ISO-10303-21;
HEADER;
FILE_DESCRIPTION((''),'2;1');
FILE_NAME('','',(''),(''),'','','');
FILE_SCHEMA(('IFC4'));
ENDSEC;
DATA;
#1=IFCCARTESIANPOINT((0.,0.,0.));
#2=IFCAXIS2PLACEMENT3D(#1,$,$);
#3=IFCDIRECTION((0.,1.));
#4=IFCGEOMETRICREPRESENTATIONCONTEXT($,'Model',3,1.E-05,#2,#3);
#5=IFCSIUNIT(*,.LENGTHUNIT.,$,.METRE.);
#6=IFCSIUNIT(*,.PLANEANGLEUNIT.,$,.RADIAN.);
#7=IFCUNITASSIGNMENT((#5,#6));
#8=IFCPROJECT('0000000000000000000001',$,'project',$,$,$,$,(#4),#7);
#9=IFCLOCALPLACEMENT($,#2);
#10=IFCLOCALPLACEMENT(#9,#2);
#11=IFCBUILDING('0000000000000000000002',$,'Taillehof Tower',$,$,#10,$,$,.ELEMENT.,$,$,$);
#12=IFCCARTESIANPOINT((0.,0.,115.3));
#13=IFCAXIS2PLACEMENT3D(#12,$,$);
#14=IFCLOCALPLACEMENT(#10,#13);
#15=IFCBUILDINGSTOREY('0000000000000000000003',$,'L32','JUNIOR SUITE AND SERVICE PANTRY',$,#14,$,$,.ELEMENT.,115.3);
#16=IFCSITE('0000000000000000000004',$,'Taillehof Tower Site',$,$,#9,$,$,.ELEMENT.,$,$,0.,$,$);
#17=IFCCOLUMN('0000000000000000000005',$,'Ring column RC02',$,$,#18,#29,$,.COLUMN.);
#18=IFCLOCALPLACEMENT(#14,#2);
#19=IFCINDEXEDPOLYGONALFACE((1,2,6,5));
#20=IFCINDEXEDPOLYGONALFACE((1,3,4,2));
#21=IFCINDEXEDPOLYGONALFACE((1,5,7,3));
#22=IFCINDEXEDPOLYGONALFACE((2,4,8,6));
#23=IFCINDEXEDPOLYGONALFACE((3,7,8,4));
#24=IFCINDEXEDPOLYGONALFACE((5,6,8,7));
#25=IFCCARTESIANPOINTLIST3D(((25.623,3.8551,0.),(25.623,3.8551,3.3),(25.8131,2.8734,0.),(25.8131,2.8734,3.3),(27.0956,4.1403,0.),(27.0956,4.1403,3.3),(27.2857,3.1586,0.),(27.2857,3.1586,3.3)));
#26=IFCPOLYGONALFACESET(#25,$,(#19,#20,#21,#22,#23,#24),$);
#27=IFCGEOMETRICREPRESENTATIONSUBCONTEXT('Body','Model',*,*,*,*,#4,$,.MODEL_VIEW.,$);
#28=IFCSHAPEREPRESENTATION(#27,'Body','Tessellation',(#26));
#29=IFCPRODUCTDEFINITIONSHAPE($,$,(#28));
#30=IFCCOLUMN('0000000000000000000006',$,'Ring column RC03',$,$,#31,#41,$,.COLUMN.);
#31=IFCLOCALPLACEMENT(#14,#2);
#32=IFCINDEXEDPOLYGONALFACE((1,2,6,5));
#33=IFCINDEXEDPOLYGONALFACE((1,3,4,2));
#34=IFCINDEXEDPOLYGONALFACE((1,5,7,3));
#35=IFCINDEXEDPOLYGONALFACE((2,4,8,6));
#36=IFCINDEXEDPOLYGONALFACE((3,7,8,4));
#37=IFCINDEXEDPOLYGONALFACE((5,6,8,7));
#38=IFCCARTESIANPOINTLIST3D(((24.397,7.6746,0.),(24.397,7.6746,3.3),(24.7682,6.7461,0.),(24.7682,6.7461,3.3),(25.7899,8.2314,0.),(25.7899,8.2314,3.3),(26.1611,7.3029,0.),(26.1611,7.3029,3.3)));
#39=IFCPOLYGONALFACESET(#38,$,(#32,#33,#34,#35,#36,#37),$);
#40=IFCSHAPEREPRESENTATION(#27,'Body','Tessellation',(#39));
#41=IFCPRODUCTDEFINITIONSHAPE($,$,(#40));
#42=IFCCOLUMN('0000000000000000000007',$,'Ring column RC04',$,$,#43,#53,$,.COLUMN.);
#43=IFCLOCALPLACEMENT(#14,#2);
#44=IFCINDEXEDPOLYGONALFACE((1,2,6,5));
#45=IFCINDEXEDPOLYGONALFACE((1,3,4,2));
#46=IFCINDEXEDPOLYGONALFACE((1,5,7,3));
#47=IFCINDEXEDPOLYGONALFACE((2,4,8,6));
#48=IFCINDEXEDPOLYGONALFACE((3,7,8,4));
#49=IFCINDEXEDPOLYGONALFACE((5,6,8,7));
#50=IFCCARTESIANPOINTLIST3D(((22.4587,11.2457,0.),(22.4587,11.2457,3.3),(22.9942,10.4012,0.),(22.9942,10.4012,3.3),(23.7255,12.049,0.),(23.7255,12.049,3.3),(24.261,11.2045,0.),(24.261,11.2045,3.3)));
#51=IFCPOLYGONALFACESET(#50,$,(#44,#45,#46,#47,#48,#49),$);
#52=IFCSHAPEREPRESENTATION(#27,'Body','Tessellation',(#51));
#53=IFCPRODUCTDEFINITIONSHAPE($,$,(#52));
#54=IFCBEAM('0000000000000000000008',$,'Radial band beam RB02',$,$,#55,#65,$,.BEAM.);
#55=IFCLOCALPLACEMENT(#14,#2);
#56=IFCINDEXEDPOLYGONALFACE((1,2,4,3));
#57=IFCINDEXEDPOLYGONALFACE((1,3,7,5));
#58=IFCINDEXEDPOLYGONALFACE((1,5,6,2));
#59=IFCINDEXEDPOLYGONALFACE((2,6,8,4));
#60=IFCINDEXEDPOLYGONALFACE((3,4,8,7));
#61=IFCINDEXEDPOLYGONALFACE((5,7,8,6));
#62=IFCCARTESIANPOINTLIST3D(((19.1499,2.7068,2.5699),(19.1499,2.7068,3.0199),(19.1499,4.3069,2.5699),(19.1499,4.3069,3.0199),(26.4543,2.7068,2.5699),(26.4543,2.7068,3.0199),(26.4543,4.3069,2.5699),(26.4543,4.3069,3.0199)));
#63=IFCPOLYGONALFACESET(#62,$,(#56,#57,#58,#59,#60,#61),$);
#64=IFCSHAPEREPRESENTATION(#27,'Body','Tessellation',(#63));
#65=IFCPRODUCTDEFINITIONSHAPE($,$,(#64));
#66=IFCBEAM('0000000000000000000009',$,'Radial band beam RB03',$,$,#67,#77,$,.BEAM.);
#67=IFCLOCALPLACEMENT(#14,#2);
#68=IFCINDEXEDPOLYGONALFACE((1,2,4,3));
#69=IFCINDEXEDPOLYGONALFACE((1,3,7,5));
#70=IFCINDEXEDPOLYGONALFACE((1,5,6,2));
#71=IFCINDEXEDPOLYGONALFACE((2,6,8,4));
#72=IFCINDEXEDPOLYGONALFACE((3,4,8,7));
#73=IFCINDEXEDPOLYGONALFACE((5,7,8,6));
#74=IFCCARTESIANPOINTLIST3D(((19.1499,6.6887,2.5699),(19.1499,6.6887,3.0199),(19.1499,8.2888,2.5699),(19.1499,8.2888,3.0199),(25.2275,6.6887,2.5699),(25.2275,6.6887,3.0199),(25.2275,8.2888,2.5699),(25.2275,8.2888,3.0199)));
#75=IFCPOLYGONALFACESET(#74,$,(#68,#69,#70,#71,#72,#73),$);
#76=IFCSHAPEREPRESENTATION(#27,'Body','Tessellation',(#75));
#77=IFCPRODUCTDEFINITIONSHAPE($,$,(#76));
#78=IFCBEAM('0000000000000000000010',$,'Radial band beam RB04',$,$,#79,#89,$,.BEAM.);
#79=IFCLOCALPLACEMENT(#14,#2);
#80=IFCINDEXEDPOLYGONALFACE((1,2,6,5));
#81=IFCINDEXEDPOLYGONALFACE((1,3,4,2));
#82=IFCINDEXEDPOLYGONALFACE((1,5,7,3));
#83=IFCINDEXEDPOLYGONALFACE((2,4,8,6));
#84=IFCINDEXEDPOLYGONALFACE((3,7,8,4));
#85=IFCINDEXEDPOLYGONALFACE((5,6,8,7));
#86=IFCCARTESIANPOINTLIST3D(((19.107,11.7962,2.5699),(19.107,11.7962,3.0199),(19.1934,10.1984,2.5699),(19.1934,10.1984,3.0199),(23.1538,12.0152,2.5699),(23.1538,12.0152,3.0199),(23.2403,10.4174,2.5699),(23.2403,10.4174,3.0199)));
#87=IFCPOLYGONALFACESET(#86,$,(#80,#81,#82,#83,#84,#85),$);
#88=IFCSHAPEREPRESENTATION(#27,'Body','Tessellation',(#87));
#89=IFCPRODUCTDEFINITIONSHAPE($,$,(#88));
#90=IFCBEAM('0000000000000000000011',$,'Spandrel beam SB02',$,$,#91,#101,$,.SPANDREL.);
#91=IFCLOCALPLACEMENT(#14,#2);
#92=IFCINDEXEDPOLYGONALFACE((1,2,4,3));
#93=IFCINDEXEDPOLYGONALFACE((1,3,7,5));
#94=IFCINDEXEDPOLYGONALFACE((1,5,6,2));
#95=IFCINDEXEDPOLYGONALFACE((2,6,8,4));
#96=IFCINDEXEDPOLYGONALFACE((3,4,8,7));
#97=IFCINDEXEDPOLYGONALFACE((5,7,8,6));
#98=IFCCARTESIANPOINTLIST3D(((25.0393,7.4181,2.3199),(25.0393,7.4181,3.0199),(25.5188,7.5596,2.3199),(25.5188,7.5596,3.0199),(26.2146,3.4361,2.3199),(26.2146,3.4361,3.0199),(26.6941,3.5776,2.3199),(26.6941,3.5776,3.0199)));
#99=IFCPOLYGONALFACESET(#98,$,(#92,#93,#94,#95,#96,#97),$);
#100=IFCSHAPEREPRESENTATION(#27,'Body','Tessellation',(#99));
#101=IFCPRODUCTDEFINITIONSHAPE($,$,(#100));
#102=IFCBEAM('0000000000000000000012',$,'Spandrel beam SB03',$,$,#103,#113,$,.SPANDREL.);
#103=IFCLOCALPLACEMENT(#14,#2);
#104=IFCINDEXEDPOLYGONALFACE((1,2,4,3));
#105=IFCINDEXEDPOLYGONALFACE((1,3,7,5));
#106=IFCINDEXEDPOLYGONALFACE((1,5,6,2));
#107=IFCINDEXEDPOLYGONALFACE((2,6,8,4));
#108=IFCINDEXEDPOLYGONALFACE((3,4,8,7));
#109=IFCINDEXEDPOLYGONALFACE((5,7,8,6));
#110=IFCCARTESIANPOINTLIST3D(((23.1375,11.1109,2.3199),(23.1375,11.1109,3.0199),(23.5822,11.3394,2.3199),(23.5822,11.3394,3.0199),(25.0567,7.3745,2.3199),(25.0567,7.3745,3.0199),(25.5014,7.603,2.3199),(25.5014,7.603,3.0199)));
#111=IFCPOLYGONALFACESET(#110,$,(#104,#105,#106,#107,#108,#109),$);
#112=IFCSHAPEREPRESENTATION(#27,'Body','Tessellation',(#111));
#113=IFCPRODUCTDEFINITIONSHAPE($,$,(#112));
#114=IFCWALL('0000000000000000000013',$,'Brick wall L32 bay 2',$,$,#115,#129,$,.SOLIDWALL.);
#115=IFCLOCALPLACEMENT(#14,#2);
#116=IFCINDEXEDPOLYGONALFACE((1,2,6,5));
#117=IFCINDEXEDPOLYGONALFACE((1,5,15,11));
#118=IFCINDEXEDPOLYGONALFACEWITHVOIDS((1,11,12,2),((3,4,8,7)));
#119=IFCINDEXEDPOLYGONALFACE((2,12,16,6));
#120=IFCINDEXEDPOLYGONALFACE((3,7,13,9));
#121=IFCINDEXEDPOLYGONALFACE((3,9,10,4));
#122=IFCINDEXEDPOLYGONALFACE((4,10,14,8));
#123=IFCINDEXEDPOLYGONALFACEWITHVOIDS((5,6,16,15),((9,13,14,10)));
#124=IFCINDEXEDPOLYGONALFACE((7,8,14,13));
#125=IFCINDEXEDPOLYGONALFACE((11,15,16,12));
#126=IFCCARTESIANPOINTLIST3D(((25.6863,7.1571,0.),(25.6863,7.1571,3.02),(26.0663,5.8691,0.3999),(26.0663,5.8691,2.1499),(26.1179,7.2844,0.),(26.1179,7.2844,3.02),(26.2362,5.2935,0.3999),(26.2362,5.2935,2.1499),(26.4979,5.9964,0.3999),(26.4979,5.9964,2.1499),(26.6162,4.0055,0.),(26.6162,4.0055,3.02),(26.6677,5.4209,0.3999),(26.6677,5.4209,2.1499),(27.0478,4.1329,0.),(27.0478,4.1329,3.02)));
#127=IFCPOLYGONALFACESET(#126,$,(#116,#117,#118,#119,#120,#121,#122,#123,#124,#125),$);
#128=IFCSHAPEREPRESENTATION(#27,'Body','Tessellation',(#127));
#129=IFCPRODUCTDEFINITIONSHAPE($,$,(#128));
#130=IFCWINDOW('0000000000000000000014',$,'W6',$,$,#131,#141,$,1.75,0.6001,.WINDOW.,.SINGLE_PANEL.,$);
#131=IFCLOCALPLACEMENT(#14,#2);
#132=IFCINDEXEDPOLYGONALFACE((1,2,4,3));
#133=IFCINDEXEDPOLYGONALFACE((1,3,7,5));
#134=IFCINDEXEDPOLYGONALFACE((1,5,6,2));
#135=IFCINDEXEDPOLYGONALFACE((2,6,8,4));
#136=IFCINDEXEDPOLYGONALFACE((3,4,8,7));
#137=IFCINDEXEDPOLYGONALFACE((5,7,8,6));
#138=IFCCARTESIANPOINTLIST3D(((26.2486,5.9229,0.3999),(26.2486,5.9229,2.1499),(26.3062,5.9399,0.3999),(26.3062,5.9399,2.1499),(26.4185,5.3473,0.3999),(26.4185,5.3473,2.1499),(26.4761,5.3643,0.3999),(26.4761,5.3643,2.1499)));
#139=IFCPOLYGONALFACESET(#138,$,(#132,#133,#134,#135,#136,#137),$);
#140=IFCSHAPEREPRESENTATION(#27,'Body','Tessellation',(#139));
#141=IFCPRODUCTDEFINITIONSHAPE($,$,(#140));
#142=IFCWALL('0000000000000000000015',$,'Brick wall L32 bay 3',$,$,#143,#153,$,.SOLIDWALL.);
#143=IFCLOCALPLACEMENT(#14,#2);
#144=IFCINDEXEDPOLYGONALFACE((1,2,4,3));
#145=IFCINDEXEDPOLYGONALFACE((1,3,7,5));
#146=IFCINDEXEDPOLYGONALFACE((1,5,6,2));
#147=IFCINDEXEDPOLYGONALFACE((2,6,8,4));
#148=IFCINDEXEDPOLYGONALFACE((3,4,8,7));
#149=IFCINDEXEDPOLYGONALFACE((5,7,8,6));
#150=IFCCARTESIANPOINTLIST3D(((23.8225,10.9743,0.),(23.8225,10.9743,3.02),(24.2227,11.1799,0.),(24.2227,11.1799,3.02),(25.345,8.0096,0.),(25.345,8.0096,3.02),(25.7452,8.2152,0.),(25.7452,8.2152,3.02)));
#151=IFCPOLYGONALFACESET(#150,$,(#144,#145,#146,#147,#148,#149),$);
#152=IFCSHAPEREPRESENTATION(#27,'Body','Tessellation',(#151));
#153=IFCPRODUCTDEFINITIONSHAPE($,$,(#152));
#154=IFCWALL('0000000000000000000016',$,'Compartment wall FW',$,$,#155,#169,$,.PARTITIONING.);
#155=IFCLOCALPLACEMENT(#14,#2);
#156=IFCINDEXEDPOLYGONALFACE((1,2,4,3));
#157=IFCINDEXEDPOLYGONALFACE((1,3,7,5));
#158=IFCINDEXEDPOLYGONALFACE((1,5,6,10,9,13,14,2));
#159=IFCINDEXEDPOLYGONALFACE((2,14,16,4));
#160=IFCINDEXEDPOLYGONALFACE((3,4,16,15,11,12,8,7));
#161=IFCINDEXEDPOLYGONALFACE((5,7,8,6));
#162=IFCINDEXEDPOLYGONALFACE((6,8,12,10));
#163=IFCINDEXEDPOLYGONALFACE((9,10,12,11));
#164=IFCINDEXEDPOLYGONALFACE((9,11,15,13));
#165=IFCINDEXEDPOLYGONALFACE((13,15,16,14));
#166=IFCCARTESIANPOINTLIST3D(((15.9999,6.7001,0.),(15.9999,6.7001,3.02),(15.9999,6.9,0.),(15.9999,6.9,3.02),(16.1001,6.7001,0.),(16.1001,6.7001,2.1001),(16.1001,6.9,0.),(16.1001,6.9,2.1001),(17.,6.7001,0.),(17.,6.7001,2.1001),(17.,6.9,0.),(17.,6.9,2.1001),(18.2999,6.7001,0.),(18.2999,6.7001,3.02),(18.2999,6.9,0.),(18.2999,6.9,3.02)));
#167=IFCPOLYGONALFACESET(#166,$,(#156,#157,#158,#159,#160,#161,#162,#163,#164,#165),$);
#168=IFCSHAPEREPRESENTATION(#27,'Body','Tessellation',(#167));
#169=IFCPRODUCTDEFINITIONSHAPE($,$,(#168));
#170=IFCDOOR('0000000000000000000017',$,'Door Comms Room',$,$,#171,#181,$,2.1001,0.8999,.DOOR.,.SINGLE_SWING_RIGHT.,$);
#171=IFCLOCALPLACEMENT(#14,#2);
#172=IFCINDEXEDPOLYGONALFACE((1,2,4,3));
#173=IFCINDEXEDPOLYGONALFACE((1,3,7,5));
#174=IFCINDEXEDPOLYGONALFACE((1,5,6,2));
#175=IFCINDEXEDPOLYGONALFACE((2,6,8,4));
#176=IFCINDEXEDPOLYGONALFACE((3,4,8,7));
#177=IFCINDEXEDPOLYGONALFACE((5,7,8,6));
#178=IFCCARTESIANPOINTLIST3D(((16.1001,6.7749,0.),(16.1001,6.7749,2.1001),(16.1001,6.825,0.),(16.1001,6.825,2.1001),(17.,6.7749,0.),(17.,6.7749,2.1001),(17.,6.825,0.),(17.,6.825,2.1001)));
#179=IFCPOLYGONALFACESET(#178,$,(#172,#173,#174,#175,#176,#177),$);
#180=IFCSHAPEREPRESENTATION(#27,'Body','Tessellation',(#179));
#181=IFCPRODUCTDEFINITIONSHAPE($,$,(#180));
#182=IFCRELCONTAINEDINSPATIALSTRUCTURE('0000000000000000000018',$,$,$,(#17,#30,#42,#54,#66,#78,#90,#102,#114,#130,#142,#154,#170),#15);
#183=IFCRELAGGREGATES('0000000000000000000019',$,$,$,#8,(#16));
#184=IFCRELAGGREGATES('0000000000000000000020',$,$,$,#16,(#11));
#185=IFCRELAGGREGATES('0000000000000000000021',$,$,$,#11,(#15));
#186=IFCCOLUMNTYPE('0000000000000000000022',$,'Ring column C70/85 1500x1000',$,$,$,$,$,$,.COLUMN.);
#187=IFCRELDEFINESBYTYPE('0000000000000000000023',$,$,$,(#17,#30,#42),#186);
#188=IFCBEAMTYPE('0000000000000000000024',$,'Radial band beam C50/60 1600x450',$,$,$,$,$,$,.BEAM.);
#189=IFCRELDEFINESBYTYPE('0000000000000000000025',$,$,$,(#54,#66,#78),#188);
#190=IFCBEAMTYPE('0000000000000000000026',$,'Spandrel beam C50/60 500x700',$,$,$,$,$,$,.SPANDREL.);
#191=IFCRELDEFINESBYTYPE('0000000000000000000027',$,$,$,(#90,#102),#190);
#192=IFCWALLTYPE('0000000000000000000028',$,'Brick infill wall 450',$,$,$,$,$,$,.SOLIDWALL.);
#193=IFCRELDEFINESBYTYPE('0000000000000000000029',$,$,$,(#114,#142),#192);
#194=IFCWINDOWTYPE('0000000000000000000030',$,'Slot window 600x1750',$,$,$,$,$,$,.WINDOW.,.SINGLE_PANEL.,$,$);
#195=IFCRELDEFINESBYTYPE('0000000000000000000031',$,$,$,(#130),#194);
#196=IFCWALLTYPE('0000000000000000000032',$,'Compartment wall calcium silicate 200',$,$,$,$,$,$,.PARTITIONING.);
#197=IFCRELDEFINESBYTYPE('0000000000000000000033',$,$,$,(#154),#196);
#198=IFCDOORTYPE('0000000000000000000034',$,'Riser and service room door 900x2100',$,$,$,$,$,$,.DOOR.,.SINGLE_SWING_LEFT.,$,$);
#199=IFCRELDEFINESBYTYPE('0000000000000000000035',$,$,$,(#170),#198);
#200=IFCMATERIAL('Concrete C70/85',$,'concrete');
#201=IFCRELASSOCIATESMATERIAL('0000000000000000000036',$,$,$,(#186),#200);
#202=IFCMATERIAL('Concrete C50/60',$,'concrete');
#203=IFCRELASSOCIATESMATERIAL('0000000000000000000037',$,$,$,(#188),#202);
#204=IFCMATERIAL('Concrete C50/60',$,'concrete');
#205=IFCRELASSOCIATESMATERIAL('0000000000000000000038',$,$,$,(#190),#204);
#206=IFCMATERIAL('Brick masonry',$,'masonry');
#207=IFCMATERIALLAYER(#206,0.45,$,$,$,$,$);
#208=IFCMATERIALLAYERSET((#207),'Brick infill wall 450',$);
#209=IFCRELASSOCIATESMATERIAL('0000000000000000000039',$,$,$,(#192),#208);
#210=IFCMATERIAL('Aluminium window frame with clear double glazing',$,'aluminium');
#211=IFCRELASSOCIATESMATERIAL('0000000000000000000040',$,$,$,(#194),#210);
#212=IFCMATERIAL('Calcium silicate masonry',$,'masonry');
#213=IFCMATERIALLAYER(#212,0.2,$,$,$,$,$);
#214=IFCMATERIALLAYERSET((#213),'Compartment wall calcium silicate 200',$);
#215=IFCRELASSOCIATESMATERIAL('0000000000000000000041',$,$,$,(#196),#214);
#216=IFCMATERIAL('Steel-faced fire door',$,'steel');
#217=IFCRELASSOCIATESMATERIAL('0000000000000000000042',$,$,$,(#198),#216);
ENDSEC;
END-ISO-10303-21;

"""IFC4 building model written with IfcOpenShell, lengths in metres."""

from ifc_helpers import new_model, si_unit, direction, frame, frame_2d, origin, origin_2d, place, context, subcontext, project, spatial, rectangle, extrude, material, layer, layer_set, material_profile, profile_set, type_object, element, fill, save


model = new_model("IFC4")

# Units and contexts
model_context = context("Model", 3, precision=1e-05, world=origin(), true_north=direction((0.0, 1.0)))
body_context = subcontext(model_context, "Body", "Model", "MODEL_VIEW")
ifc_project = project(units=[si_unit("LENGTHUNIT", "METRE"), si_unit("PLANEANGLEUNIT", "RADIAN")], contexts=[model_context])

# Site, building, storey
site_placement = place(None, origin())
site = spatial("IfcSite", under=ifc_project, at=site_placement, Name="Taillehof Tower Site", CompositionType="ELEMENT", RefElevation=0.0)
building_placement = place(site_placement, origin())
building = spatial("IfcBuilding", under=site, at=building_placement, Name="Taillehof Tower", CompositionType="ELEMENT")
storey_placement = place(building_placement, frame((0.0, 0.0, 115.3)))
storey = spatial("IfcBuildingStorey", under=building, at=storey_placement, Name="L32", Description="JUNIOR SUITE AND SERVICE PANTRY", CompositionType="ELEMENT", Elevation=115.3)

# Columns
ifc_material_1 = material(Name="Concrete C70/85", Category="concrete")
ifc_material_profile_1 = material_profile(ifc_material_1, rectangle(XDim=1.5, YDim=1.0, at=origin_2d()), Name="RC 1500x1000")
ifc_profile_set_1 = profile_set([ifc_material_profile_1], Name="Concrete C70/85")
column_type = type_object("IfcColumnType", Name="Ring column C70/85 1500x1000", PredefinedType="COLUMN", material=ifc_profile_set_1)
for number, where, z_axis, x_axis, name in (
    (1, (26.4543, 3.5068, 0.0), (0.0, 0.0, 1.0), (0.981757, 0.190138, 0.0), "Ring column RC02"),
    (2, (25.2791, 7.4888, 0.0), (0.0, 0.0, 1.0), (0.92855, 0.371207, 0.0), "Ring column RC03"),
    (3, (23.3599, 11.2251, 0.0), (0.0, 0.0, 1.0), (0.844511, 0.535537, 0.0), "Ring column RC04"),
):
    element("IfcColumn", number, at=place(storey_placement, frame(where, z_axis=z_axis, x_axis=x_axis)), inside=storey, type_object=column_type, Name=name, PredefinedType="COLUMN", context=body_context, shape_type="SweptSolid", body=[
        extrude(rectangle(XDim=1.5, YDim=1.0, at=origin_2d()), origin(), (0.0, 0.0, 1.0), 3.3),
    ])

# Beams
ifc_material_2 = material(Name="Concrete C50/60", Category="concrete")
ifc_material_profile_2 = material_profile(ifc_material_2, rectangle(XDim=1.6001, YDim=0.45, at=origin_2d()), Name="RC 1600x450")
ifc_profile_set_2 = profile_set([ifc_material_profile_2], Name="Concrete C50/60")
beam_type_1 = type_object("IfcBeamType", Name="Radial band beam C50/60 1600x450", PredefinedType="BEAM", material=ifc_profile_set_2)
beam_1_placement = place(storey_placement, frame((26.4543, 3.5068, 2.7949), z_axis=(-1.0, 0.0, 0.0), x_axis=(0.0, -1.0, 0.0)))
element("IfcBeam", 4, at=beam_1_placement, inside=storey, type_object=beam_type_1, Name="Radial band beam RB02", PredefinedType="BEAM", context=body_context, shape_type="SweptSolid", body=[
    extrude(rectangle(XDim=1.6001, YDim=0.45, at=origin_2d()), origin(), (0.0, 0.0, 1.0), 7.3044),
])
beam_2_placement = place(storey_placement, frame((25.2275, 7.4888, 2.7949), z_axis=(-1.0, 0.0, 0.0), x_axis=(0.0, -1.0, 0.0)))
element("IfcBeam", 5, at=beam_2_placement, inside=storey, type_object=beam_type_1, Name="Radial band beam RB03", PredefinedType="BEAM", context=body_context, shape_type="SweptSolid", body=[
    extrude(rectangle(XDim=1.6001, YDim=0.45, at=origin_2d()), origin(), (0.0, 0.0, 1.0), 6.0776),
])
beam_3_placement = place(storey_placement, frame((23.197, 11.2163, 2.7949), z_axis=(-0.998539, -0.054035, 0.0), x_axis=(0.054035, -0.998539, 0.0)))
element("IfcBeam", 6, at=beam_3_placement, inside=storey, type_object=beam_type_1, Name="Radial band beam RB04", PredefinedType="BEAM", context=body_context, shape_type="SweptSolid", body=[
    extrude(rectangle(XDim=1.6001, YDim=0.45, at=origin_2d()), origin(), (0.0, 0.0, 1.0), 4.0527),
])
ifc_material_3 = material(Name="Concrete C50/60", Category="concrete")
ifc_material_profile_3 = material_profile(ifc_material_3, rectangle(XDim=0.5, YDim=0.7, at=origin_2d()), Name="RC 500x700")
ifc_profile_set_3 = profile_set([ifc_material_profile_3], Name="Concrete C50/60")
beam_type_2 = type_object("IfcBeamType", Name="Spandrel beam C50/60 500x700", PredefinedType="SPANDREL", material=ifc_profile_set_3)
beam_4_placement = place(storey_placement, frame((26.4543, 3.5068, 2.6699), z_axis=(-0.283083, 0.959095, 0.0), x_axis=(-0.959095, -0.283083, 0.0)))
element("IfcBeam", 7, at=beam_4_placement, inside=storey, type_object=beam_type_2, Name="Spandrel beam SB02", PredefinedType="SPANDREL", context=body_context, shape_type="SweptSolid", body=[
    extrude(rectangle(XDim=0.5, YDim=0.7, at=origin_2d()), origin(), (0.0, 0.0, 1.0), 4.1519),
])
beam_5_placement = place(storey_placement, frame((25.2791, 7.4888, 2.6699), z_axis=(-0.456905, 0.889515, 0.0), x_axis=(-0.889515, -0.456905, 0.0)))
element("IfcBeam", 8, at=beam_5_placement, inside=storey, type_object=beam_type_2, Name="Spandrel beam SB03", PredefinedType="SPANDREL", context=body_context, shape_type="SweptSolid", body=[
    extrude(rectangle(XDim=0.5, YDim=0.7, at=origin_2d()), origin(), (0.0, 0.0, 1.0), 4.2004),
])

# Wall, opening, window
ifc_material_4 = material(Name="Brick masonry", Category="masonry")
ifc_layer_1 = layer(ifc_material_4, 0.45)
ifc_layer_set_1 = layer_set([ifc_layer_1], Name="Brick infill wall 450")
wall_type_1 = type_object("IfcWallType", Name="Brick infill wall 450", PredefinedType="SOLIDWALL", material=ifc_layer_set_1)
wall_1_placement = place(storey_placement, frame((26.832, 4.0691, 0.0), z_axis=(0.0, 0.0, 1.0), x_axis=(-0.283003, 0.959119, 0.0)))
wall_1 = element("IfcWall", 9, at=wall_1_placement, inside=storey, type_object=wall_type_1, Name="Brick wall L32 bay 2", PredefinedType="SOLIDWALL", context=body_context, shape_type="SweptSolid", body=[
    extrude(rectangle(XDim=3.2859, YDim=0.45, at=frame_2d((1.6431, 0.0))), origin(), (0.0, 0.0, 1.0), 3.02),
])
opening_1_placement = place(wall_1_placement, frame((1.343, 0.0, 0.3999)))
opening_1 = element("IfcOpeningElement", 10, at=opening_1_placement, cuts=wall_1, PredefinedType="OPENING", context=body_context, shape_type="SweptSolid", body=[
    extrude(rectangle(XDim=0.6001, YDim=1.75, at=frame_2d((0.3, 0.875))), frame((0.0, 0.2349, 0.0), z_axis=(0.0, -1.0, 0.0), x_axis=(1.0, 0.0, 0.0)), (0.0, 0.0, 1.0), 0.47),
])
ifc_material_5 = material(Name="Aluminium window frame with clear double glazing", Category="aluminium")
window_type = type_object("IfcWindowType", Name="Slot window 600x1750", PartitioningType="SINGLE_PANEL", PredefinedType="WINDOW", material=ifc_material_5)
window_placement = place(opening_1_placement, origin())
window = element("IfcWindow", 11, at=window_placement, inside=storey, type_object=window_type, Name="W6", OverallHeight=1.75, OverallWidth=0.6001, PartitioningType="SINGLE_PANEL", PredefinedType="WINDOW", context=body_context, shape_type="SweptSolid", body=[
    extrude(rectangle(XDim=0.6001, YDim=1.75, at=frame_2d((0.3, 0.875))), frame((0.0, 0.0349, 0.0), z_axis=(0.0, -1.0, 0.0), x_axis=(1.0, 0.0, 0.0)), (0.0, 0.0, 1.0), 0.0601),
])
fill(opening_1, window)

# Wall
wall_2_placement = place(storey_placement, frame((25.5452, 8.1123, 0.0), z_axis=(0.0, 0.0, 1.0), x_axis=(-0.456828, 0.889555, 0.0)))
element("IfcWall", 12, at=wall_2_placement, inside=storey, type_object=wall_type_1, Name="Brick wall L32 bay 3", PredefinedType="SOLIDWALL", context=body_context, shape_type="SweptSolid", body=[
    extrude(rectangle(XDim=3.3328, YDim=0.45, at=frame_2d((1.6665, 0.0))), origin(), (0.0, 0.0, 1.0), 3.02),
])

# Wall, opening, door
ifc_material_6 = material(Name="Calcium silicate masonry", Category="masonry")
ifc_layer_2 = layer(ifc_material_6, 0.2)
ifc_layer_set_2 = layer_set([ifc_layer_2], Name="Compartment wall calcium silicate 200")
wall_type_2 = type_object("IfcWallType", Name="Compartment wall calcium silicate 200", PredefinedType="PARTITIONING", material=ifc_layer_set_2)
wall_3_placement = place(storey_placement, frame((16.0, 6.8, 0.0), z_axis=(0.0, 0.0, 1.0), x_axis=(1.0, 0.0, 0.0)))
wall_3 = element("IfcWall", 13, at=wall_3_placement, inside=storey, type_object=wall_type_2, Name="Compartment wall FW", PredefinedType="PARTITIONING", context=body_context, shape_type="SweptSolid", body=[
    extrude(rectangle(XDim=2.3, YDim=0.2, at=frame_2d((1.1499, 0.0))), origin(), (0.0, 0.0, 1.0), 3.02),
])
opening_2_placement = place(wall_3_placement, frame((0.1001, 0.0, 0.0)))
opening_2 = element("IfcOpeningElement", 14, at=opening_2_placement, cuts=wall_3, PredefinedType="OPENING", context=body_context, shape_type="SweptSolid", body=[
    extrude(rectangle(XDim=0.8999, YDim=2.1001, at=frame_2d((0.45, 1.05))), frame((0.0, 0.1099, 0.0), z_axis=(0.0, -1.0, 0.0), x_axis=(1.0, 0.0, 0.0)), (0.0, 0.0, 1.0), 0.22),
])
ifc_material_7 = material(Name="Steel-faced fire door", Category="steel")
door_type_1 = type_object("IfcDoorType", Name="Riser and service room door 900x2100", OperationType="SINGLE_SWING_LEFT", PredefinedType="DOOR", material=ifc_material_7)
door_1_placement = place(opening_2_placement, origin())
door_1 = element("IfcDoor", 15, at=door_1_placement, inside=storey, type_object=door_type_1, Name="Door Comms Room", OperationType="SINGLE_SWING_RIGHT", OverallHeight=2.1001, OverallWidth=0.8999, PredefinedType="DOOR", context=body_context, shape_type="SweptSolid", body=[
    extrude(rectangle(XDim=0.8999, YDim=2.1001, at=frame_2d((0.45, 1.05))), frame((0.0, 0.0249, 0.0), z_axis=(0.0, -1.0, 0.0), x_axis=(1.0, 0.0, 0.0)), (0.0, 0.0, 1.0), 0.05),
])
fill(opening_2, door_1)

save(model, "model.ifc")
